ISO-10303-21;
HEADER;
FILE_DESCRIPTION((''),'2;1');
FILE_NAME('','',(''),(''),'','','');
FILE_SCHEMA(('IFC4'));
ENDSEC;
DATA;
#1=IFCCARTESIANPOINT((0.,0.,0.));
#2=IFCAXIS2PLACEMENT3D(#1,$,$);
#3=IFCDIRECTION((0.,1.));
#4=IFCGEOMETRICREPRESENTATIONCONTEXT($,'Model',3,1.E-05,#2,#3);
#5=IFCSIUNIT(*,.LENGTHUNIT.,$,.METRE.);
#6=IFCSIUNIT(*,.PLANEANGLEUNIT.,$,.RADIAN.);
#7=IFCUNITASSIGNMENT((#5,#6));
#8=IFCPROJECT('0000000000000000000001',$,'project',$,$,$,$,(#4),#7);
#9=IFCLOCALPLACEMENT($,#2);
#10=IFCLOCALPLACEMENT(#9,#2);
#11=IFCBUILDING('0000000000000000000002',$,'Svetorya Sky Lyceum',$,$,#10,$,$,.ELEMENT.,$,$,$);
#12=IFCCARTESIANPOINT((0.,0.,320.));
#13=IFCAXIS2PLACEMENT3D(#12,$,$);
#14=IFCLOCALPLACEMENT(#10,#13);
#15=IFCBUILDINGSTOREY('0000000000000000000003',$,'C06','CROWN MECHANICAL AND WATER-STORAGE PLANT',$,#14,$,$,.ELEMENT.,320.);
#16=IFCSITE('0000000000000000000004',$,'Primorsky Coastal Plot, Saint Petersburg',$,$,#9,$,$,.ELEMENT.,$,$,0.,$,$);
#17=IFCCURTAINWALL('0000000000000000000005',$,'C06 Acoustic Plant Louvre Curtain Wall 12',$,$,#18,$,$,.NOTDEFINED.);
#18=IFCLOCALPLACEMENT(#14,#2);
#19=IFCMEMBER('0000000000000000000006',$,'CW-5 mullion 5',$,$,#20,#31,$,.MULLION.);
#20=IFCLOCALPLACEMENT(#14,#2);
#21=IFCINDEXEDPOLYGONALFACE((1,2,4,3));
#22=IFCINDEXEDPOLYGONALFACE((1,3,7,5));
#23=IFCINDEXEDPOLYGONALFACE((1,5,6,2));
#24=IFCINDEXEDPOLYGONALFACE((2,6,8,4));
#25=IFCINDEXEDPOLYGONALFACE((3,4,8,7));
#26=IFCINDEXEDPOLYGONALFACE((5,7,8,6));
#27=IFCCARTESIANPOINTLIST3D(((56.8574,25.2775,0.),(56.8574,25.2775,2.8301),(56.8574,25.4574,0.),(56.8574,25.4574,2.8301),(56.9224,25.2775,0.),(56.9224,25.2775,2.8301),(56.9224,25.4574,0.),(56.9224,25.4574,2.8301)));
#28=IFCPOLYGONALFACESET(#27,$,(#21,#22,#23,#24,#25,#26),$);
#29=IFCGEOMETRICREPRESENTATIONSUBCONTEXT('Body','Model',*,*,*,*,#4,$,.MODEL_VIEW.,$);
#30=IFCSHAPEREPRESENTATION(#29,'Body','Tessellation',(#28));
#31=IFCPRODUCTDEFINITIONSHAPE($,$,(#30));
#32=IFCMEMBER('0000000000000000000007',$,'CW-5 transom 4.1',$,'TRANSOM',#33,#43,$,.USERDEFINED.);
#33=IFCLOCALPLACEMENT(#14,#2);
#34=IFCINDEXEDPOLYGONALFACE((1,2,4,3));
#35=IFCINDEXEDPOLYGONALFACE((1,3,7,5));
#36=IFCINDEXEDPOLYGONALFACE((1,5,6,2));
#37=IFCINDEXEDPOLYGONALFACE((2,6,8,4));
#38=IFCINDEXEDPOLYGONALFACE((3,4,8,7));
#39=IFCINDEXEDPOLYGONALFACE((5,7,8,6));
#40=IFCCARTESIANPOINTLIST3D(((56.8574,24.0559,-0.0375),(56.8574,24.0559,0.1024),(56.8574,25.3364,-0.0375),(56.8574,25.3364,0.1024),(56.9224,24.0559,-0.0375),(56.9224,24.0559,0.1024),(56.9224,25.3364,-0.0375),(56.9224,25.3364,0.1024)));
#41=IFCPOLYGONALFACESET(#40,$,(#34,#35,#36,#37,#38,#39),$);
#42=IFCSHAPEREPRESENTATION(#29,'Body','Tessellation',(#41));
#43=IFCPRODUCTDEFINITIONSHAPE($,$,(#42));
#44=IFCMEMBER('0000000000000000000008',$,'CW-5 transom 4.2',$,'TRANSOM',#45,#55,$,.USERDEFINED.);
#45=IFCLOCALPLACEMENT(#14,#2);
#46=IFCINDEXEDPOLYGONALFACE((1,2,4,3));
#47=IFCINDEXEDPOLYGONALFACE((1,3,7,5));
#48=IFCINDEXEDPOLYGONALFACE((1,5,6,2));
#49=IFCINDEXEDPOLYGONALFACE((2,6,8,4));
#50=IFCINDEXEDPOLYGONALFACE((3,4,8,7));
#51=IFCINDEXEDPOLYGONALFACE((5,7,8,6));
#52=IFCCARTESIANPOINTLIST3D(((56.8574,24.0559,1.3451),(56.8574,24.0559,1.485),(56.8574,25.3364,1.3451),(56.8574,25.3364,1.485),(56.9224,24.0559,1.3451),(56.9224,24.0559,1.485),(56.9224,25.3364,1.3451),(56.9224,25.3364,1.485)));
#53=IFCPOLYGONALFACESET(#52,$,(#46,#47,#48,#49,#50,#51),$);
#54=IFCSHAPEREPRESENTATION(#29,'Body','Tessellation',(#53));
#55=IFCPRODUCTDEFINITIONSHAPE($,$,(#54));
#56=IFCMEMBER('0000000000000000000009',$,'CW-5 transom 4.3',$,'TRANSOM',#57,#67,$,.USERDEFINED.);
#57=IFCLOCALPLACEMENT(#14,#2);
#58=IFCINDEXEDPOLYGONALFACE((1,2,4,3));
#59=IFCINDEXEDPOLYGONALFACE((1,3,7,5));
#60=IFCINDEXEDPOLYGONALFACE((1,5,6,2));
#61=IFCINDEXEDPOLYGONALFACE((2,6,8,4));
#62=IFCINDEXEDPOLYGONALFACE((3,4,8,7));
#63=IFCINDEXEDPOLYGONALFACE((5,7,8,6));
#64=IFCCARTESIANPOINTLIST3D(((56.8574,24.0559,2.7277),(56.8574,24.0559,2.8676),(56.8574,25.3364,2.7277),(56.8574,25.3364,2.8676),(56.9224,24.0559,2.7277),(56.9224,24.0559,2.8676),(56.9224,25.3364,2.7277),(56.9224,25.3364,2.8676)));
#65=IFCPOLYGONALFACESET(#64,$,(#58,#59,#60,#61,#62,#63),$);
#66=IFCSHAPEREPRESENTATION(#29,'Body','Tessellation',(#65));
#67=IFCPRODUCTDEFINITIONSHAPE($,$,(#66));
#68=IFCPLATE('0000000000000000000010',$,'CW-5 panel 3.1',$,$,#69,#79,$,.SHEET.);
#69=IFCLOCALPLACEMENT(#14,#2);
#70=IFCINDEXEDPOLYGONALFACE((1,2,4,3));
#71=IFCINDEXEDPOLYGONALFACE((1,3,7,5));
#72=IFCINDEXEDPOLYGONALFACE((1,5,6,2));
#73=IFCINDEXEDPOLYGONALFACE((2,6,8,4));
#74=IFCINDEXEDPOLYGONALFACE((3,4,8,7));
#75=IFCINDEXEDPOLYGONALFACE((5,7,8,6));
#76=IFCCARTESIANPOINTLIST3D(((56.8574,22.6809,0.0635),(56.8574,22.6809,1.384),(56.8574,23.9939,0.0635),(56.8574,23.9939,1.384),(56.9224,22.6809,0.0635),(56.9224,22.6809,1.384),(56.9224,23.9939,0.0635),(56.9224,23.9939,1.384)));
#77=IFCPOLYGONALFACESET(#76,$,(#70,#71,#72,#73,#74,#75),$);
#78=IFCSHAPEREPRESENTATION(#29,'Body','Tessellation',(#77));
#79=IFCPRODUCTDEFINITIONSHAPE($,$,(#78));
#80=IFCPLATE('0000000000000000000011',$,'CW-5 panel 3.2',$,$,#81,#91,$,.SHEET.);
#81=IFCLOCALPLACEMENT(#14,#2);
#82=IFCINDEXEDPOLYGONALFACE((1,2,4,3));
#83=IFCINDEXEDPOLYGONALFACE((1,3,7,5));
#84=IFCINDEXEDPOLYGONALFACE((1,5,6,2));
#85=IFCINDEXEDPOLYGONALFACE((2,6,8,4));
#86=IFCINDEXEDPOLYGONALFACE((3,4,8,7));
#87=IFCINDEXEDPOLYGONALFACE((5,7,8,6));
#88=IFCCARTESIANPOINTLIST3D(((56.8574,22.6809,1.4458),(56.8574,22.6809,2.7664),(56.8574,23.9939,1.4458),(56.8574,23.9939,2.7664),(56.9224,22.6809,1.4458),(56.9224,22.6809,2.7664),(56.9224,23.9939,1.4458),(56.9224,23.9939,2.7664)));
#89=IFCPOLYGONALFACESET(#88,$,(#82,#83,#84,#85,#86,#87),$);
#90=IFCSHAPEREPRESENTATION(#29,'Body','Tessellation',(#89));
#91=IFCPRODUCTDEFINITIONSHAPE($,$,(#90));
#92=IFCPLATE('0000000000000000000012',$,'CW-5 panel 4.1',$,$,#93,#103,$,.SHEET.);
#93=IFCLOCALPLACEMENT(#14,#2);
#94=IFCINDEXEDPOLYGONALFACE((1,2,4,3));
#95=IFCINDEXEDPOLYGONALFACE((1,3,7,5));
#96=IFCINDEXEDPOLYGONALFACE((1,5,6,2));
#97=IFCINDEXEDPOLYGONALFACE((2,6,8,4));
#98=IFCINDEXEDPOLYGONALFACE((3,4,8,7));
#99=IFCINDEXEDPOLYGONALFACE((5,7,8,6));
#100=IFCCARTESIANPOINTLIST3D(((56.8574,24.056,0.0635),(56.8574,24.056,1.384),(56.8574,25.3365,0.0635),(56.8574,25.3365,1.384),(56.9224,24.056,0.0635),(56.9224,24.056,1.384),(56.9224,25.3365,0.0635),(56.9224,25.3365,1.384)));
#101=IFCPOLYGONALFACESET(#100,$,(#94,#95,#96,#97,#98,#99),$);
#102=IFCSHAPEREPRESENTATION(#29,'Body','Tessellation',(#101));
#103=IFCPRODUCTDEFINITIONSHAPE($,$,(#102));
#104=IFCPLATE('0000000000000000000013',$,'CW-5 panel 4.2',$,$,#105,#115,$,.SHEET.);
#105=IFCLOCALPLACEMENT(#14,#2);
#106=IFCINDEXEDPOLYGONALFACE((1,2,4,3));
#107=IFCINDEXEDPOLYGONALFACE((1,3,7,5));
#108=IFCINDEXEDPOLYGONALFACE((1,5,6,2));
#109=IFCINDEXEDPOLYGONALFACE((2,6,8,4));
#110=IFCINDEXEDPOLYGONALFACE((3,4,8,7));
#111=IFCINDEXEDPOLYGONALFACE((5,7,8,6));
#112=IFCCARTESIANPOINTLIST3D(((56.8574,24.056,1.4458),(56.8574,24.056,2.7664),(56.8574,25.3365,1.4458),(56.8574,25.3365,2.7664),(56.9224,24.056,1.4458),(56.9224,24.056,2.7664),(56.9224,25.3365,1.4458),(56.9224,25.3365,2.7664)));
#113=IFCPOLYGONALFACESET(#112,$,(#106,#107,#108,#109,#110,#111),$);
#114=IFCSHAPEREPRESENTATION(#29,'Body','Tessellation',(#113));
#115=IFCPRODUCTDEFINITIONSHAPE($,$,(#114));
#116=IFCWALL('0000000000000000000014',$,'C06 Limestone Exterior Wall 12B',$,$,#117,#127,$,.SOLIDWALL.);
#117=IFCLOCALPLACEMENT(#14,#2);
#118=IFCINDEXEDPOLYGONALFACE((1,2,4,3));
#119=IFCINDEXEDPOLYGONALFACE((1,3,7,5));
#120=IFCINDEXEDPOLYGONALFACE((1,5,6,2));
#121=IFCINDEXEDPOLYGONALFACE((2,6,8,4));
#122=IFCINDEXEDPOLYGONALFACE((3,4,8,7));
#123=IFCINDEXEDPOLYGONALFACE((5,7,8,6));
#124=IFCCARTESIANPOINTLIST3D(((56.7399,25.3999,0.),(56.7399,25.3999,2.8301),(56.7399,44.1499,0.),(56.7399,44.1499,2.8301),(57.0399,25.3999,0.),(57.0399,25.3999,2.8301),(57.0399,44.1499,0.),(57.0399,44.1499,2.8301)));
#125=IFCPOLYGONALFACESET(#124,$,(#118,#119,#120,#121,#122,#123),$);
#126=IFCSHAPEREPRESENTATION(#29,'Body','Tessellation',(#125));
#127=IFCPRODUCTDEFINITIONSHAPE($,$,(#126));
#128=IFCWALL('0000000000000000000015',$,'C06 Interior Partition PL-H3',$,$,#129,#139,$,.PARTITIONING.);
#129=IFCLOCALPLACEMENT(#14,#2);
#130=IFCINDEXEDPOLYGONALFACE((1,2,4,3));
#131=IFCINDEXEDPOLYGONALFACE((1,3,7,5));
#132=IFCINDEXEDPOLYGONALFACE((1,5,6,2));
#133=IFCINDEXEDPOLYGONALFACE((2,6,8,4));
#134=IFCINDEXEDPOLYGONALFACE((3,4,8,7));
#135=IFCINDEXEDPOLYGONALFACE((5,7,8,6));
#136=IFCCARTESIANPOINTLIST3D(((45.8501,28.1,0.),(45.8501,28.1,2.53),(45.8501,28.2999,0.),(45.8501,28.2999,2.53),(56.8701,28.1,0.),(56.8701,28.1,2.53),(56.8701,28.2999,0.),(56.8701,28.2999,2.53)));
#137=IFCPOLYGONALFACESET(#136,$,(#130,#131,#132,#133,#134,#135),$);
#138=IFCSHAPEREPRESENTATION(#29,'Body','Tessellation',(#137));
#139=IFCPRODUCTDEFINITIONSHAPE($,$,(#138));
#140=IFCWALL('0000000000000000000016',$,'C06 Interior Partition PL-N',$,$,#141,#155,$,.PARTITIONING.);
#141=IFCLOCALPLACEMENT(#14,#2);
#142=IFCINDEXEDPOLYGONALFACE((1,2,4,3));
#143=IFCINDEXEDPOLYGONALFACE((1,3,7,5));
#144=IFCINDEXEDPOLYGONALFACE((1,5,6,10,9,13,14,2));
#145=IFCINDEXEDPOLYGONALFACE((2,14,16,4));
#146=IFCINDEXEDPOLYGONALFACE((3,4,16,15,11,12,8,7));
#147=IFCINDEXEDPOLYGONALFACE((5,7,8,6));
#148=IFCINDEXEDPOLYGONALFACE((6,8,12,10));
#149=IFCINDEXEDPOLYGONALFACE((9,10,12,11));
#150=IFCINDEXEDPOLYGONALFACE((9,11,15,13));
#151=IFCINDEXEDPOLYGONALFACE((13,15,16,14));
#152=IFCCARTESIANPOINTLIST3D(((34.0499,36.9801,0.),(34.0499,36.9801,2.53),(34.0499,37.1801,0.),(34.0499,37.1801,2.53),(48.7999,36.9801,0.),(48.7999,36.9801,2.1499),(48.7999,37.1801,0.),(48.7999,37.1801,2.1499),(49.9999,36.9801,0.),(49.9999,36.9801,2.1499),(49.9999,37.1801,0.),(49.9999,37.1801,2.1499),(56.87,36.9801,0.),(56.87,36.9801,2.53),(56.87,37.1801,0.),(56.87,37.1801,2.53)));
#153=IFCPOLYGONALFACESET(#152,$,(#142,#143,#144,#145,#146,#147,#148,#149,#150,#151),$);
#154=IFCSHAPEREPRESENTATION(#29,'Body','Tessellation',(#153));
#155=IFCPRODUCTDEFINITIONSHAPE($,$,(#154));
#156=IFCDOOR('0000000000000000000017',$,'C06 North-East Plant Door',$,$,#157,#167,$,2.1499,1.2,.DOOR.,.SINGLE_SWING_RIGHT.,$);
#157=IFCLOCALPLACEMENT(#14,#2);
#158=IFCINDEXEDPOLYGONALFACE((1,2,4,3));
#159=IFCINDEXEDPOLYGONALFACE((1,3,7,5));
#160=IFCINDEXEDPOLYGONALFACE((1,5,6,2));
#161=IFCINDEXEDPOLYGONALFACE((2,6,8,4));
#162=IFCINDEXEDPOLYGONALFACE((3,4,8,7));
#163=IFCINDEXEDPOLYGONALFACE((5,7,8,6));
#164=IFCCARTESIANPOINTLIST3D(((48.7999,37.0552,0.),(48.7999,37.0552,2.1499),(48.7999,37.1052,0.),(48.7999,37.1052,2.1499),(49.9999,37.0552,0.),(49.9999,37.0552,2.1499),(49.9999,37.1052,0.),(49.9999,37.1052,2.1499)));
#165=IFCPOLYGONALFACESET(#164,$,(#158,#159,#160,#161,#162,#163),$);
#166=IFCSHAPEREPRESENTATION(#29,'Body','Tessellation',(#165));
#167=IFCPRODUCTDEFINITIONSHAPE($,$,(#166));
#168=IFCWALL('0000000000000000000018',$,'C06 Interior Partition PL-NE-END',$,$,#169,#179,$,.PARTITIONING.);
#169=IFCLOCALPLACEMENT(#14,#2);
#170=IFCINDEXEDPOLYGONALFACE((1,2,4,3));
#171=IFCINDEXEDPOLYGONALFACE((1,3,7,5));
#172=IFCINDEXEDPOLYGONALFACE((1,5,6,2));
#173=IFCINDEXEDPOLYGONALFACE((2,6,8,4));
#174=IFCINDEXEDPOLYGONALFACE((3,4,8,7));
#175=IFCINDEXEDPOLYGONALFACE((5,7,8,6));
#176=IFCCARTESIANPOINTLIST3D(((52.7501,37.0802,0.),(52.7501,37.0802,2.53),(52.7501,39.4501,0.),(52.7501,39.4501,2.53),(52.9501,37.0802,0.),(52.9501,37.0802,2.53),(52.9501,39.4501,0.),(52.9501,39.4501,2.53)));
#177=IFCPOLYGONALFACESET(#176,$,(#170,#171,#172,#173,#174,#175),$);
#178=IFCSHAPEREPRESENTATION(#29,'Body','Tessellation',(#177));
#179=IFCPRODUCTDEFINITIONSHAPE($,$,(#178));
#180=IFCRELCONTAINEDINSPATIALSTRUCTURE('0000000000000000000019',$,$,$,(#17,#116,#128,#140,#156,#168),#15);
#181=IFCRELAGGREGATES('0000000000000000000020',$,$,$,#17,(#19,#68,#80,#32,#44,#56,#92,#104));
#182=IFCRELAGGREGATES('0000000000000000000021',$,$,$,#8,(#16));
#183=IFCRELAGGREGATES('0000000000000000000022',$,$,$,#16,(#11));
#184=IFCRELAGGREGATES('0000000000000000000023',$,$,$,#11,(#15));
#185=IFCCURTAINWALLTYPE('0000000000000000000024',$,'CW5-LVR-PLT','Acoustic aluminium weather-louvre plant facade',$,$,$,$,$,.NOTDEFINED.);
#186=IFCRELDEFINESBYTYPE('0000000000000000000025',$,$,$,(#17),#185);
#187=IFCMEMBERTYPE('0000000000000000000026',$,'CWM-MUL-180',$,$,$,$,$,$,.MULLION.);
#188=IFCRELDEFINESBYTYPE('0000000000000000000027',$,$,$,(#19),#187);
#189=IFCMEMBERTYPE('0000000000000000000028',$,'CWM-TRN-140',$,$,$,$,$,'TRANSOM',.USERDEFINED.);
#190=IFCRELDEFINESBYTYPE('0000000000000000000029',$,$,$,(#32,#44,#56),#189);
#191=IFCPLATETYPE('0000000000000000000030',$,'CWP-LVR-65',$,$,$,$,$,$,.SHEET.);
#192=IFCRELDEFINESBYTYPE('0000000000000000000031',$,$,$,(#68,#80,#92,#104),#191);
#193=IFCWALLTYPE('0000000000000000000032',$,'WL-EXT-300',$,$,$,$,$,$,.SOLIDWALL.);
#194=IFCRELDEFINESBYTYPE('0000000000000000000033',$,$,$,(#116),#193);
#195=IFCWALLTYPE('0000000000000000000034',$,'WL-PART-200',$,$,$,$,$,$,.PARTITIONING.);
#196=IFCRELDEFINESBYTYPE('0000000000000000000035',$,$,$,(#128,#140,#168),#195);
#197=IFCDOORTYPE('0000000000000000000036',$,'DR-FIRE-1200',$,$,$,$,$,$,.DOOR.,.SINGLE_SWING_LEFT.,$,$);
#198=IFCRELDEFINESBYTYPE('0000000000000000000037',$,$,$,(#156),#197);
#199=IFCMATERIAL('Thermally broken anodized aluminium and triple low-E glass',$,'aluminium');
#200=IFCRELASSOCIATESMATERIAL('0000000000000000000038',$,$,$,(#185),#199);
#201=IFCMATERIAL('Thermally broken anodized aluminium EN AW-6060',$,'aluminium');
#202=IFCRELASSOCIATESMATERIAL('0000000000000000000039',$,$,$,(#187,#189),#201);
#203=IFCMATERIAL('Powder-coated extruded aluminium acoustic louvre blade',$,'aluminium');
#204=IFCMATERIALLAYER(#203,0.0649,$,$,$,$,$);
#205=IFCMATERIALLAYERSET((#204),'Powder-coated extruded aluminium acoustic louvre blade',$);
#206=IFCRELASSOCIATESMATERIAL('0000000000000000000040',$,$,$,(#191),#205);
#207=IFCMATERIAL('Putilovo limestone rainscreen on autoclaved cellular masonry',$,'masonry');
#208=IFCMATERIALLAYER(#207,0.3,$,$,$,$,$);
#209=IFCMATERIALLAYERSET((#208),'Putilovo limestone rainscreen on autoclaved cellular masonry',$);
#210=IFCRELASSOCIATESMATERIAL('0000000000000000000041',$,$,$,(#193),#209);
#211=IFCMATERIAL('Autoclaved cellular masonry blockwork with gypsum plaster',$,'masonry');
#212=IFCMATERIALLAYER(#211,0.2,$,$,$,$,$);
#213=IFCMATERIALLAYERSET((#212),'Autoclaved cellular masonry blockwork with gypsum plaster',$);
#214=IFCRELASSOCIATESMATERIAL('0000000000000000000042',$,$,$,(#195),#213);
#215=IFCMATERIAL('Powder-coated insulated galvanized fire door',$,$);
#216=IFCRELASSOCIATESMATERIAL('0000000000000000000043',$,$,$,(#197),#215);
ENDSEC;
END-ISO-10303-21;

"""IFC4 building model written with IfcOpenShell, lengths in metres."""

from ifc_helpers import new_model, si_unit, direction, frame, frame_2d, origin, origin_2d, place, context, subcontext, project, spatial, rectangle, extrude, material, layer, layer_set, material_profile, profile_set, type_object, element, fill, aggregate, save


model = new_model("IFC4")

# Units and contexts
model_context = context("Model", 3, precision=1e-05, world=origin(), true_north=direction((0.0, 1.0)))
body_context = subcontext(model_context, "Body", "Model", "MODEL_VIEW")
ifc_project = project(units=[si_unit("LENGTHUNIT", "METRE"), si_unit("PLANEANGLEUNIT", "RADIAN")], contexts=[model_context])

# Site, building, storey
site_placement = place(None, origin())
site = spatial("IfcSite", under=ifc_project, at=site_placement, Name="Primorsky Coastal Plot, Saint Petersburg", CompositionType="ELEMENT", RefElevation=0.0)
building_placement = place(site_placement, origin())
building = spatial("IfcBuilding", under=site, at=building_placement, Name="Svetorya Sky Lyceum", CompositionType="ELEMENT")
storey_placement = place(building_placement, frame((0.0, 0.0, 320.0)))
storey = spatial("IfcBuildingStorey", under=building, at=storey_placement, Name="C06", Description="CROWN MECHANICAL AND WATER-STORAGE PLANT", CompositionType="ELEMENT", Elevation=320.0)

# Curtain wall, members, plates
ifc_material_1 = material(Name="Thermally broken anodized aluminium and triple low-E glass", Category="aluminium")
curtain_wall_type = type_object("IfcCurtainWallType", Name="CW5-LVR-PLT", Description="Acoustic aluminium weather-louvre plant facade", PredefinedType="NOTDEFINED", material=ifc_material_1)
curtain_wall_placement = place(storey_placement, origin())
curtain_wall = element("IfcCurtainWall", 1, at=curtain_wall_placement, inside=storey, type_object=curtain_wall_type, Name="C06 Acoustic Plant Louvre Curtain Wall 12", PredefinedType="NOTDEFINED")
ifc_material_2 = material(Name="Thermally broken anodized aluminium EN AW-6060", Category="aluminium")
ifc_material_profile_1 = material_profile(ifc_material_2, rectangle(XDim=0.0649, YDim=0.1799, at=origin_2d()), Name="ALU MULLION 65x180")
ifc_profile_set_1 = profile_set([ifc_material_profile_1], Name="Thermally broken anodized aluminium EN AW-6060")
member_type_1 = type_object("IfcMemberType", Name="CWM-MUL-180", PredefinedType="MULLION", material=ifc_profile_set_1)
member_1_placement = place(storey_placement, frame((56.8899, 25.3674, 0.0), z_axis=(0.0, 0.0, 1.0), x_axis=(-1.0, 0.0, 0.0)))
member_1 = element("IfcMember", 2, at=member_1_placement, type_object=member_type_1, Name="CW-5 mullion 5", PredefinedType="MULLION", context=body_context, shape_type="SweptSolid", body=[
    extrude(rectangle(XDim=0.0649, YDim=0.1799, at=origin_2d()), origin(), (0.0, 0.0, 1.0), 2.8301),
])
ifc_material_profile_2 = material_profile(ifc_material_2, rectangle(XDim=0.0649, YDim=0.1399, at=origin_2d()), Name="ALU TRANSOM 65x140")
ifc_profile_set_2 = profile_set([ifc_material_profile_2], Name="Thermally broken anodized aluminium EN AW-6060")
member_type_2 = type_object("IfcMemberType", Name="CWM-TRN-140", ElementType="TRANSOM", PredefinedType="USERDEFINED", material=ifc_profile_set_2)
member_2_placement = place(storey_placement, frame((56.8899, 24.0559, 0.0325), z_axis=(0.0, 1.0, 0.0), x_axis=(-1.0, 0.0, 0.0)))
member_2 = element("IfcMember", 3, at=member_2_placement, type_object=member_type_2, Name="CW-5 transom 4.1", ObjectType="TRANSOM", PredefinedType="USERDEFINED", context=body_context, shape_type="SweptSolid", body=[
    extrude(rectangle(XDim=0.0649, YDim=0.1399, at=origin_2d()), origin(), (0.0, 0.0, 1.0), 1.2805),
])
member_3_placement = place(storey_placement, frame((56.8899, 24.0559, 1.415), z_axis=(0.0, 1.0, 0.0), x_axis=(-1.0, 0.0, 0.0)))
member_3 = element("IfcMember", 4, at=member_3_placement, type_object=member_type_2, Name="CW-5 transom 4.2", ObjectType="TRANSOM", PredefinedType="USERDEFINED", context=body_context, shape_type="SweptSolid", body=[
    extrude(rectangle(XDim=0.0649, YDim=0.1399, at=origin_2d()), origin(), (0.0, 0.0, 1.0), 1.2805),
])
member_4_placement = place(storey_placement, frame((56.8899, 24.0559, 2.7976), z_axis=(0.0, 1.0, 0.0), x_axis=(-1.0, 0.0, 0.0)))
member_4 = element("IfcMember", 5, at=member_4_placement, type_object=member_type_2, Name="CW-5 transom 4.3", ObjectType="TRANSOM", PredefinedType="USERDEFINED", context=body_context, shape_type="SweptSolid", body=[
    extrude(rectangle(XDim=0.0649, YDim=0.1399, at=origin_2d()), origin(), (0.0, 0.0, 1.0), 1.2805),
])
ifc_material_3 = material(Name="Powder-coated extruded aluminium acoustic louvre blade", Category="aluminium")
ifc_layer_1 = layer(ifc_material_3, 0.0649)
ifc_layer_set_1 = layer_set([ifc_layer_1], Name="Powder-coated extruded aluminium acoustic louvre blade")
plate_type = type_object("IfcPlateType", Name="CWP-LVR-65", PredefinedType="SHEET", material=ifc_layer_set_1)
plate_1_placement = place(storey_placement, frame((56.8899, 23.3374, 0.0635), z_axis=(0.0, 0.0, 1.0), x_axis=(0.0, 1.0, 0.0)))
plate_1 = element("IfcPlate", 6, at=plate_1_placement, type_object=plate_type, Name="CW-5 panel 3.1", PredefinedType="SHEET", context=body_context, shape_type="SweptSolid", body=[
    extrude(rectangle(XDim=1.313, YDim=0.0649, at=origin_2d()), origin(), (0.0, 0.0, 1.0), 1.3206),
])
plate_2_placement = place(storey_placement, frame((56.8899, 23.3374, 1.4458), z_axis=(0.0, 0.0, 1.0), x_axis=(0.0, 1.0, 0.0)))
plate_2 = element("IfcPlate", 7, at=plate_2_placement, type_object=plate_type, Name="CW-5 panel 3.2", PredefinedType="SHEET", context=body_context, shape_type="SweptSolid", body=[
    extrude(rectangle(XDim=1.313, YDim=0.0649, at=origin_2d()), origin(), (0.0, 0.0, 1.0), 1.3206),
])
plate_3_placement = place(storey_placement, frame((56.8899, 24.6963, 0.0635), z_axis=(0.0, 0.0, 1.0), x_axis=(0.0, 1.0, 0.0)))
plate_3 = element("IfcPlate", 8, at=plate_3_placement, type_object=plate_type, Name="CW-5 panel 4.1", PredefinedType="SHEET", context=body_context, shape_type="SweptSolid", body=[
    extrude(rectangle(XDim=1.2805, YDim=0.0649, at=origin_2d()), origin(), (0.0, 0.0, 1.0), 1.3206),
])
plate_4_placement = place(storey_placement, frame((56.8899, 24.6963, 1.4458), z_axis=(0.0, 0.0, 1.0), x_axis=(0.0, 1.0, 0.0)))
plate_4 = element("IfcPlate", 9, at=plate_4_placement, type_object=plate_type, Name="CW-5 panel 4.2", PredefinedType="SHEET", context=body_context, shape_type="SweptSolid", body=[
    extrude(rectangle(XDim=1.2805, YDim=0.0649, at=origin_2d()), origin(), (0.0, 0.0, 1.0), 1.3206),
])
aggregate(curtain_wall, [member_1, plate_1, plate_2, member_2, member_3, member_4, plate_3, plate_4])

# Walls
ifc_material_4 = material(Name="Putilovo limestone rainscreen on autoclaved cellular masonry", Category="masonry")
ifc_layer_2 = layer(ifc_material_4, 0.3)
ifc_layer_set_2 = layer_set([ifc_layer_2], Name="Putilovo limestone rainscreen on autoclaved cellular masonry")
wall_type_1 = type_object("IfcWallType", Name="WL-EXT-300", PredefinedType="SOLIDWALL", material=ifc_layer_set_2)
wall_1_placement = place(storey_placement, frame((56.8899, 25.3999, 0.0), z_axis=(0.0, 0.0, 1.0), x_axis=(0.0, 1.0, 0.0)))
element("IfcWall", 10, at=wall_1_placement, inside=storey, type_object=wall_type_1, Name="C06 Limestone Exterior Wall 12B", PredefinedType="SOLIDWALL", context=body_context, shape_type="SweptSolid", body=[
    extrude(rectangle(XDim=18.75, YDim=0.3, at=frame_2d((9.375, 0.0))), origin(), (0.0, 0.0, 1.0), 2.8301),
])
ifc_material_5 = material(Name="Autoclaved cellular masonry blockwork with gypsum plaster", Category="masonry")
ifc_layer_3 = layer(ifc_material_5, 0.2)
ifc_layer_set_3 = layer_set([ifc_layer_3], Name="Autoclaved cellular masonry blockwork with gypsum plaster")
wall_type_2 = type_object("IfcWallType", Name="WL-PART-200", PredefinedType="PARTITIONING", material=ifc_layer_set_3)
wall_2_placement = place(storey_placement, frame((45.8501, 28.2, 0.0), z_axis=(0.0, 0.0, 1.0), x_axis=(1.0, 0.0, 0.0)))
element("IfcWall", 11, at=wall_2_placement, inside=storey, type_object=wall_type_2, Name="C06 Interior Partition PL-H3", PredefinedType="PARTITIONING", context=body_context, shape_type="SweptSolid", body=[
    extrude(rectangle(XDim=11.02, YDim=0.2, at=frame_2d((5.51, 0.0))), origin(), (0.0, 0.0, 1.0), 2.53),
])

# Wall, opening, door
wall_3_placement = place(storey_placement, frame((56.8701, 37.0801, 0.0), z_axis=(0.0, 0.0, 1.0), x_axis=(-1.0, 0.0, 0.0)))
wall_3 = element("IfcWall", 12, at=wall_3_placement, inside=storey, type_object=wall_type_2, Name="C06 Interior Partition PL-N", PredefinedType="PARTITIONING", context=body_context, shape_type="SweptSolid", body=[
    extrude(rectangle(XDim=22.8201, YDim=0.2, at=frame_2d((11.4102, 0.0))), origin(), (0.0, 0.0, 1.0), 2.53),
])
opening_placement = place(wall_3_placement, frame((6.8701, 0.0, 0.0)))
opening = element("IfcOpeningElement", 13, at=opening_placement, cuts=wall_3, PredefinedType="OPENING", context=body_context, shape_type="SweptSolid", body=[
    extrude(rectangle(XDim=1.2, YDim=2.1499, at=frame_2d((0.6001, 1.075))), frame((0.0, 0.1099, 0.0), z_axis=(0.0, -1.0, 0.0), x_axis=(1.0, 0.0, 0.0)), (0.0, 0.0, 1.0), 0.22),
])
ifc_material_6 = material(Name="Powder-coated insulated galvanized fire door")
door_type = type_object("IfcDoorType", Name="DR-FIRE-1200", OperationType="SINGLE_SWING_LEFT", PredefinedType="DOOR", material=ifc_material_6)
door_placement = place(opening_placement, origin())
door = element("IfcDoor", 14, at=door_placement, inside=storey, type_object=door_type, Name="C06 North-East Plant Door", OperationType="SINGLE_SWING_RIGHT", OverallHeight=2.1499, OverallWidth=1.2, PredefinedType="DOOR", context=body_context, shape_type="SweptSolid", body=[
    extrude(rectangle(XDim=1.2, YDim=2.1499, at=frame_2d((0.6001, 1.075))), frame((0.0, 0.0249, 0.0), z_axis=(0.0, -1.0, 0.0), x_axis=(1.0, 0.0, 0.0)), (0.0, 0.0, 1.0), 0.05),
])
fill(opening, door)

# Wall
wall_4_placement = place(storey_placement, frame((52.8501, 37.0801, 0.0), z_axis=(0.0, 0.0, 1.0), x_axis=(0.0, 1.0, 0.0)))
element("IfcWall", 15, at=wall_4_placement, inside=storey, type_object=wall_type_2, Name="C06 Interior Partition PL-NE-END", PredefinedType="PARTITIONING", context=body_context, shape_type="SweptSolid", body=[
    extrude(rectangle(XDim=2.3699, YDim=0.2, at=frame_2d((1.1851, 0.0))), origin(), (0.0, 0.0, 1.0), 2.53),
])

save(model, "model.ifc")
